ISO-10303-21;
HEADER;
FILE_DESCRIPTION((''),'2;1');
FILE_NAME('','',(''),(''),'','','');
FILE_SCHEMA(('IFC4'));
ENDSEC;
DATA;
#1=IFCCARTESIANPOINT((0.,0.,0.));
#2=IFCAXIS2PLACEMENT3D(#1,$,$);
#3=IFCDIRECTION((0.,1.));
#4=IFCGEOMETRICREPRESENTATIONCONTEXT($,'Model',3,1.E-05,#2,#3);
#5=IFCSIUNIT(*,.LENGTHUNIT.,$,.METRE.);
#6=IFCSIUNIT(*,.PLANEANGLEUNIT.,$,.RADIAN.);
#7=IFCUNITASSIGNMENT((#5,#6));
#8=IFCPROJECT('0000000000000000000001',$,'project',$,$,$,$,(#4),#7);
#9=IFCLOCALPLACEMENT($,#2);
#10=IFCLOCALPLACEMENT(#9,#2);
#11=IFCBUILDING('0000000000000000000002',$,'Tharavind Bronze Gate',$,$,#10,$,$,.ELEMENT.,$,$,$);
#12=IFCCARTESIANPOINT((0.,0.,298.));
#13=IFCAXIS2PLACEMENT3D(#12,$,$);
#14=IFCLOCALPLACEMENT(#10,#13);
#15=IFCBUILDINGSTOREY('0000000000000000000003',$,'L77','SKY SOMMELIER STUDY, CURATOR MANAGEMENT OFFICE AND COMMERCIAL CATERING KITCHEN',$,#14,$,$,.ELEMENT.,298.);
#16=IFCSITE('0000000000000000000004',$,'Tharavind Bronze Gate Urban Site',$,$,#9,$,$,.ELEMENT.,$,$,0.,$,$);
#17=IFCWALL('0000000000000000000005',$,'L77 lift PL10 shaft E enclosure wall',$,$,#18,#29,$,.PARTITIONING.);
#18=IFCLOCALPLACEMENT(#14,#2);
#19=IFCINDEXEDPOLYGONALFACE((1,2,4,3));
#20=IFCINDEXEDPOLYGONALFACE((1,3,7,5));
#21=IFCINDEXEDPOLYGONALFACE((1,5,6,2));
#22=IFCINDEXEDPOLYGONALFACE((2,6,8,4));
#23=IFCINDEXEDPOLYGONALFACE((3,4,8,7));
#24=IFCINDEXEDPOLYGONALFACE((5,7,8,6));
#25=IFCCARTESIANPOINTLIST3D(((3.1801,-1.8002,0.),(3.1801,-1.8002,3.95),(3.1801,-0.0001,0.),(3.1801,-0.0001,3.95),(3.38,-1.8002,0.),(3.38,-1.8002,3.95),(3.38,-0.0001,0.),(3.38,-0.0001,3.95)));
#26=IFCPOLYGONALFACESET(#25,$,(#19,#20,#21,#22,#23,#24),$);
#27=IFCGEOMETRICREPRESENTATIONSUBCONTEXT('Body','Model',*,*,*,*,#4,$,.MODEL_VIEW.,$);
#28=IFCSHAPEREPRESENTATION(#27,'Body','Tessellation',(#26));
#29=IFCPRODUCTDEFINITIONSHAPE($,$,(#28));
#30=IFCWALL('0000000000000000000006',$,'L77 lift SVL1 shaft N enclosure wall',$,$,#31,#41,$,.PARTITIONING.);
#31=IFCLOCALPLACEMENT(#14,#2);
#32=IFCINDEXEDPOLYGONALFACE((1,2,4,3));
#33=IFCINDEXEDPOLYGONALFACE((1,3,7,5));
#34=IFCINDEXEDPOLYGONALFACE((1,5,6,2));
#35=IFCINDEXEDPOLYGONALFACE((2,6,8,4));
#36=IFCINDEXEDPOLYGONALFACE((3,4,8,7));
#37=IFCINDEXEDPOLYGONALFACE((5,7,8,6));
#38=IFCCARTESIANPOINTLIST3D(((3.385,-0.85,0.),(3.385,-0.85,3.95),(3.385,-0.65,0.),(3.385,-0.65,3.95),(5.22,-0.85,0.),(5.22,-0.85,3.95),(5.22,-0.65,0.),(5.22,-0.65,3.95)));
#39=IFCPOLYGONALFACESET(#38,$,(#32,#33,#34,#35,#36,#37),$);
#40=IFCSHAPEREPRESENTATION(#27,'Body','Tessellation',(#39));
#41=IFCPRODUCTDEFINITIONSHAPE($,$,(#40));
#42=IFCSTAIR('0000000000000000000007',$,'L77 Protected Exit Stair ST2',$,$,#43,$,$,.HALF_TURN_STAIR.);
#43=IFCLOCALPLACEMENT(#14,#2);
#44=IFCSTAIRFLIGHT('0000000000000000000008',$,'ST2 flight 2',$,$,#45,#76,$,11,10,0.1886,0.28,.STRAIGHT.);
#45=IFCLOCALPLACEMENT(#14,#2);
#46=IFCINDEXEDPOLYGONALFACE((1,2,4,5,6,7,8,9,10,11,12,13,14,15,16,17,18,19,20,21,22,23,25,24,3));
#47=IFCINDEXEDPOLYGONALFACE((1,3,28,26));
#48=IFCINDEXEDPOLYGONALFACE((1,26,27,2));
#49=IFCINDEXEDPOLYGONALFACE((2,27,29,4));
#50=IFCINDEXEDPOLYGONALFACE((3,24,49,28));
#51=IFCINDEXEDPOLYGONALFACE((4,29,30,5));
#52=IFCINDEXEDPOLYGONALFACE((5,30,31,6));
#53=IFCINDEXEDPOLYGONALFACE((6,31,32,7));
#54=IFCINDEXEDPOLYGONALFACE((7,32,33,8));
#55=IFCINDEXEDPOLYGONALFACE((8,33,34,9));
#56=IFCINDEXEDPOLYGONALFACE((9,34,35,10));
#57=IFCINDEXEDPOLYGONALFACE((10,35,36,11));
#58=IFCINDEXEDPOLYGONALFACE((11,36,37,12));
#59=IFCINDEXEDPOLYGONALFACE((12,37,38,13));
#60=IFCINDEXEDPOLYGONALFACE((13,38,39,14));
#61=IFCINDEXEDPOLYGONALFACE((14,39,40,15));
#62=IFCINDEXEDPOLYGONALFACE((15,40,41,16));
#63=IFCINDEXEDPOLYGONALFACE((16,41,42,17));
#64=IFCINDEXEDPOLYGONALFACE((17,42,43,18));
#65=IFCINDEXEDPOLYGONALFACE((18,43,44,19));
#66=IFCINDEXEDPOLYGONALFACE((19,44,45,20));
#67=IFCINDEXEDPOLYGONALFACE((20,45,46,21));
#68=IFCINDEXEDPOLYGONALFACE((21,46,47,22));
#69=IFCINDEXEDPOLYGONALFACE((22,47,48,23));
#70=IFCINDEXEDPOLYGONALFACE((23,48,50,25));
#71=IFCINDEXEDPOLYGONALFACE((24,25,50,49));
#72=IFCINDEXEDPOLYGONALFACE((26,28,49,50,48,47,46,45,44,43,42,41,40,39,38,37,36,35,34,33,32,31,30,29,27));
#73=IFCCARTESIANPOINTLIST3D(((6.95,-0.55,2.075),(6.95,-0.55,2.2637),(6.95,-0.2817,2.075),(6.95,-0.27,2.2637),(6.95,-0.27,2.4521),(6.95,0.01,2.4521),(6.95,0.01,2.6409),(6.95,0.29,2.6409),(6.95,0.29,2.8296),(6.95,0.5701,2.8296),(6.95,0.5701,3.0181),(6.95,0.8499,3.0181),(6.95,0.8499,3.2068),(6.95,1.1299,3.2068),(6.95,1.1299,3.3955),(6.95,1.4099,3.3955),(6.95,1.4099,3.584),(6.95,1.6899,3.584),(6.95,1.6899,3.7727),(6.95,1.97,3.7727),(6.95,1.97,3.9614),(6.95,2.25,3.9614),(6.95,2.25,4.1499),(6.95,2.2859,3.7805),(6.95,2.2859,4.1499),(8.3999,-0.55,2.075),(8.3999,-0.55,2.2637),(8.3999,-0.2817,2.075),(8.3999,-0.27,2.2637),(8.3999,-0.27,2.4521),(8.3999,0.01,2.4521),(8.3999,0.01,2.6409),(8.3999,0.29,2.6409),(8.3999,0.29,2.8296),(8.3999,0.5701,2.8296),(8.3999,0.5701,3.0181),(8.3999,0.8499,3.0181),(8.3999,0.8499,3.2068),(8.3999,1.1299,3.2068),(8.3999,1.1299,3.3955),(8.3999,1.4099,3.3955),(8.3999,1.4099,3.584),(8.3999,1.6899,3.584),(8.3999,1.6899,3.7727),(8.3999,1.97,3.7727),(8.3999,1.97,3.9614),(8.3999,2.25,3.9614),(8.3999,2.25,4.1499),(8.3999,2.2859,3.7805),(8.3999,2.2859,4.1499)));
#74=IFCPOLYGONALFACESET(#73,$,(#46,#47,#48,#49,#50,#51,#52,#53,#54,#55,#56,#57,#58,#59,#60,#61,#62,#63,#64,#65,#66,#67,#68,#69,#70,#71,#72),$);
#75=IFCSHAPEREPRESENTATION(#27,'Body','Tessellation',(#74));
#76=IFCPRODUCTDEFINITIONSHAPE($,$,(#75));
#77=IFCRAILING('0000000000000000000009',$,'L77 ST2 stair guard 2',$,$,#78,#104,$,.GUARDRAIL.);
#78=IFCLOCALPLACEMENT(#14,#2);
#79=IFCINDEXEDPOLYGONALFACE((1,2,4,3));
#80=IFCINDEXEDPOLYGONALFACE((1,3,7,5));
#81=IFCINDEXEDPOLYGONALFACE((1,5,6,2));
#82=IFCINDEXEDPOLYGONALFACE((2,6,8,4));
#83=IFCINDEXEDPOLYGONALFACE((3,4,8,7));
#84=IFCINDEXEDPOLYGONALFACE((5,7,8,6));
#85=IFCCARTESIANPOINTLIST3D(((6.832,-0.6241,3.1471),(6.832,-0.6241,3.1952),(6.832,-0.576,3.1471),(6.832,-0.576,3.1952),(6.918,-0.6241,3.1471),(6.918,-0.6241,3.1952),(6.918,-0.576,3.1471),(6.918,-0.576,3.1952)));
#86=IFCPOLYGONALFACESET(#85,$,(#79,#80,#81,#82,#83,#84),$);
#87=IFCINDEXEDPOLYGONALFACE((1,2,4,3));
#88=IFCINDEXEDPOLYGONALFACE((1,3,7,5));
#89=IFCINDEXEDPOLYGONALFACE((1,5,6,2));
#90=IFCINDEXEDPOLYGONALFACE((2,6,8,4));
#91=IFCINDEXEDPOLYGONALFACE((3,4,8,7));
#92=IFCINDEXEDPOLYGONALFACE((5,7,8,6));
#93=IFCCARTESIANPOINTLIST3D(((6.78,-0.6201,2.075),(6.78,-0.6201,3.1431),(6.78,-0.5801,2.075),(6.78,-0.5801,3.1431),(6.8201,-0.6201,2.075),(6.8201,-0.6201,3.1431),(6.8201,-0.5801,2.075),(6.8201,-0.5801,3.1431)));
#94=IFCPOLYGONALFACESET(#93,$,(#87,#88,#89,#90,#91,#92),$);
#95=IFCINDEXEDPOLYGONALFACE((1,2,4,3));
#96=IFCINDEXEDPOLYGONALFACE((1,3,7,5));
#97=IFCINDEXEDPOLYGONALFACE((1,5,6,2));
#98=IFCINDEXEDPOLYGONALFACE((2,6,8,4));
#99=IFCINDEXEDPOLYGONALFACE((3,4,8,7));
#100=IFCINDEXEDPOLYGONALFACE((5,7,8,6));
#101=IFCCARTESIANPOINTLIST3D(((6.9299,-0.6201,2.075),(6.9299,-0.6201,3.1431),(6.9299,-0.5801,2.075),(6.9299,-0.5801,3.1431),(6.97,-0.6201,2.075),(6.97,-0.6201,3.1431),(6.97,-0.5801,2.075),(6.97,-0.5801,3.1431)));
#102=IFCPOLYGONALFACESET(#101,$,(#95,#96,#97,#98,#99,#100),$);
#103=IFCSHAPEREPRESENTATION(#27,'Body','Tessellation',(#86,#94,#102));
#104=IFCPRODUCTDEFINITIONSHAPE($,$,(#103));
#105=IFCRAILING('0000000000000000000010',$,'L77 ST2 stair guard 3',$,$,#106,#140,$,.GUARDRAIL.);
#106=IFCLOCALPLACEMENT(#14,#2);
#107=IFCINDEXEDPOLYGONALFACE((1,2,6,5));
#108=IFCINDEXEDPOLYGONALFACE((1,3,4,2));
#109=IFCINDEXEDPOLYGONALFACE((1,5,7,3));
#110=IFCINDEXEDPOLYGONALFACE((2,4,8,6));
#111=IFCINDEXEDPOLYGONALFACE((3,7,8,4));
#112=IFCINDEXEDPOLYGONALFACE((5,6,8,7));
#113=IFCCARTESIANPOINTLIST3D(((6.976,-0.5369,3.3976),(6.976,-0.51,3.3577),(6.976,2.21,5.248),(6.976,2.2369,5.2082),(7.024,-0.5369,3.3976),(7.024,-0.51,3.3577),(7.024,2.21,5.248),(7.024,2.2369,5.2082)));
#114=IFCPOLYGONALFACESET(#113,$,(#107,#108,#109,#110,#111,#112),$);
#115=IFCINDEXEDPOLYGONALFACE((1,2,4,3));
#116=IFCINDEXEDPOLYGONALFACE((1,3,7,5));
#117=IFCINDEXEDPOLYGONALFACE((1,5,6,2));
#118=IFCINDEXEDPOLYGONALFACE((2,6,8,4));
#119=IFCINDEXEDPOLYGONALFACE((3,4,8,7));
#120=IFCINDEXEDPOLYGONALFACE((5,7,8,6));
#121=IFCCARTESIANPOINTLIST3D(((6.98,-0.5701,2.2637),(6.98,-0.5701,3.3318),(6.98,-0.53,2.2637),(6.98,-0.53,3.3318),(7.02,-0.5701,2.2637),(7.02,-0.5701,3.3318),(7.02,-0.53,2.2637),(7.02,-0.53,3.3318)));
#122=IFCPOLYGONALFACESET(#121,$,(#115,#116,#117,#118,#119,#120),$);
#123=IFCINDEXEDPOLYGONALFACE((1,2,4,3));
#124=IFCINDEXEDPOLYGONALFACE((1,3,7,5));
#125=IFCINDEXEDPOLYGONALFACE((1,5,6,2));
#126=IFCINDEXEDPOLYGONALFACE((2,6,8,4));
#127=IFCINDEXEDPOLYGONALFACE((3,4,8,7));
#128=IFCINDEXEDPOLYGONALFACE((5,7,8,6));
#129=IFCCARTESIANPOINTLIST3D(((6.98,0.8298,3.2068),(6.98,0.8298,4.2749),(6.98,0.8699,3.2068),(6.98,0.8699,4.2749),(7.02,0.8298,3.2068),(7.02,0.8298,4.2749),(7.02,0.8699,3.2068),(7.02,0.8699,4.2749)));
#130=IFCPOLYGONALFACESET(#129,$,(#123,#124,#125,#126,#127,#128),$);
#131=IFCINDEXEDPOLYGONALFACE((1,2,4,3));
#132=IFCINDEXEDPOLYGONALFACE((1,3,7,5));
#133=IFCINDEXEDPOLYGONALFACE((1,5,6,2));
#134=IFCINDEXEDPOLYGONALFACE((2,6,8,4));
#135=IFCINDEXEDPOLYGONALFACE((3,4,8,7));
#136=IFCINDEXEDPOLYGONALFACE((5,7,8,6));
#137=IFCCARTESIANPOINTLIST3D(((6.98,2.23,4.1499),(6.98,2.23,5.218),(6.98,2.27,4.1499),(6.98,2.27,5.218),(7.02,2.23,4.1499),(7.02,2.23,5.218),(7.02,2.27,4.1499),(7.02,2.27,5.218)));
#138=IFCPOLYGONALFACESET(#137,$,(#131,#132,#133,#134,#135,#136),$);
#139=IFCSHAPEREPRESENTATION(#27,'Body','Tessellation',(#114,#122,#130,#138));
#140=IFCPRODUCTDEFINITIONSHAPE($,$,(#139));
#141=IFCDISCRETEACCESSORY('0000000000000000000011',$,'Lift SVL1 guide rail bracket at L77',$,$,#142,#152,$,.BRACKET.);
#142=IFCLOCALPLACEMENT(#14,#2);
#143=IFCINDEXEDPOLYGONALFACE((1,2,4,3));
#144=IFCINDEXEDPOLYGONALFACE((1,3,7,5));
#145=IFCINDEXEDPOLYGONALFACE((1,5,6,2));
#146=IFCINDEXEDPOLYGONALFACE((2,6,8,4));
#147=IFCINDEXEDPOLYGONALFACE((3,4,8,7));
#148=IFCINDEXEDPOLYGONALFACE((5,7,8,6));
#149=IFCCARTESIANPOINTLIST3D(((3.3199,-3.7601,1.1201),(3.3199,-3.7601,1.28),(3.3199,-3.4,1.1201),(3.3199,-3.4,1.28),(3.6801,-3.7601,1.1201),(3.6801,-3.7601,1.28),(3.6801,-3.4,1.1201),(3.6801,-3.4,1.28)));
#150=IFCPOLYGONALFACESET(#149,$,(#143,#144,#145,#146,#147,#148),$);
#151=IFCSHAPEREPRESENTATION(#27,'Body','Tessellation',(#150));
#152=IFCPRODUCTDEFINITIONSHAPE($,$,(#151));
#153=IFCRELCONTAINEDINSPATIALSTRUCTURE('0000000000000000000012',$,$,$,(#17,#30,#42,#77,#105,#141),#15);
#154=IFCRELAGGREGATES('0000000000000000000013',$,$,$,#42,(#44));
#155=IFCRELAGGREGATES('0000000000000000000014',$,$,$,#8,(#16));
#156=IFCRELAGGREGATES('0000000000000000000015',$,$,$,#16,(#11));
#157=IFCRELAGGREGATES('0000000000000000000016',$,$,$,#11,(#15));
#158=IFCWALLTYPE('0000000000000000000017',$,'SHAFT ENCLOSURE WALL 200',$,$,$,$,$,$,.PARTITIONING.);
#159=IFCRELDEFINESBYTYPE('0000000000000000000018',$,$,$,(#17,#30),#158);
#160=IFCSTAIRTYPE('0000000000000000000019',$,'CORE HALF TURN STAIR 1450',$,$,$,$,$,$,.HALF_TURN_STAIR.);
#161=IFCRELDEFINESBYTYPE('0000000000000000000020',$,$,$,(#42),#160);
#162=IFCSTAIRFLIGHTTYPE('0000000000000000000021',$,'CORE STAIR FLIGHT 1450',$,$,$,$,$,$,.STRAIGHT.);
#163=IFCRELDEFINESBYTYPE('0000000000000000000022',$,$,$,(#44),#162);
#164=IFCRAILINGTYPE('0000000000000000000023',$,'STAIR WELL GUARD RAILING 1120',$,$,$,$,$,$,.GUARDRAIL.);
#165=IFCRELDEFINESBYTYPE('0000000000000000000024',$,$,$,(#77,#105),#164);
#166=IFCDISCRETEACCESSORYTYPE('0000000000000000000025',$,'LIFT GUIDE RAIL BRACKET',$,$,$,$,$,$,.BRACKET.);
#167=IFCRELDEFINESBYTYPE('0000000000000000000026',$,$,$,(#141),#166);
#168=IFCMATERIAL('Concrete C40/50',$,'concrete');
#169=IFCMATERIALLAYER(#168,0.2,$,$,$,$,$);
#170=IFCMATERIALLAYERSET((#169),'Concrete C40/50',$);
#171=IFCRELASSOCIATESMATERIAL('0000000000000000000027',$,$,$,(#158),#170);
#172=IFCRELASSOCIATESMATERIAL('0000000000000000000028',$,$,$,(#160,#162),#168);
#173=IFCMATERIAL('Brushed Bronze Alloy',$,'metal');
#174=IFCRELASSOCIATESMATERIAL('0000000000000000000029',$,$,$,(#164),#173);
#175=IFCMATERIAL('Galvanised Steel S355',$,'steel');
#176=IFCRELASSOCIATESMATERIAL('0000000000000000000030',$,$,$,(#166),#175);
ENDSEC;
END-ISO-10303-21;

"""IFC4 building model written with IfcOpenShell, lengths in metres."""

from ifc_helpers import new_model, si_unit, direction, frame, frame_2d, origin, origin_2d, place, context, subcontext, project, spatial, polyline, rectangle, outline, extrude, material, layer, layer_set, type_object, element, aggregate, save


model = new_model("IFC4")

# Units and contexts
model_context = context("Model", 3, precision=1e-05, world=origin(), true_north=direction((0.0, 1.0)))
body_context = subcontext(model_context, "Body", "Model", "MODEL_VIEW")
ifc_project = project(units=[si_unit("LENGTHUNIT", "METRE"), si_unit("PLANEANGLEUNIT", "RADIAN")], contexts=[model_context])

# Site, building, storey
site_placement = place(None, origin())
site = spatial("IfcSite", under=ifc_project, at=site_placement, Name="Tharavind Bronze Gate Urban Site", CompositionType="ELEMENT", RefElevation=0.0)
building_placement = place(site_placement, origin())
building = spatial("IfcBuilding", under=site, at=building_placement, Name="Tharavind Bronze Gate", CompositionType="ELEMENT")
storey_placement = place(building_placement, frame((0.0, 0.0, 298.0)))
storey = spatial("IfcBuildingStorey", under=building, at=storey_placement, Name="L77", Description="SKY SOMMELIER STUDY, CURATOR MANAGEMENT OFFICE AND COMMERCIAL CATERING KITCHEN", CompositionType="ELEMENT", Elevation=298.0)

# Walls
ifc_material_1 = material(Name="Concrete C40/50", Category="concrete")
ifc_layer_1 = layer(ifc_material_1, 0.2)
ifc_layer_set_1 = layer_set([ifc_layer_1], Name="Concrete C40/50")
wall_type_1 = type_object("IfcWallType", Name="SHAFT ENCLOSURE WALL 200", PredefinedType="PARTITIONING", material=ifc_layer_set_1)
for number, where, z_axis, x_axis, name in (
    (1, (3.28, -1.8, 0.0), (0.0, 0.0, 1.0), (0.0, 1.0, 0.0), "L77 lift PL10 shaft E enclosure wall"),
):
    element("IfcWall", number, at=place(storey_placement, frame(where, z_axis=z_axis, x_axis=x_axis)), inside=storey, type_object=wall_type_1, Name=name, PredefinedType="PARTITIONING", context=body_context, shape_type="SweptSolid", body=[
        extrude(rectangle(XDim=1.8, YDim=0.2, at=frame_2d((0.8999, 0.0))), origin(), (0.0, 0.0, 1.0), 3.95),
    ])
wall_1_placement = place(storey_placement, frame((3.385, -0.75, 0.0), z_axis=(0.0, 0.0, 1.0), x_axis=(1.0, 0.0, 0.0)))
element("IfcWall", 2, at=wall_1_placement, inside=storey, type_object=wall_type_1, Name="L77 lift SVL1 shaft N enclosure wall", PredefinedType="PARTITIONING", context=body_context, shape_type="SweptSolid", body=[
    extrude(rectangle(XDim=1.835, YDim=0.2, at=frame_2d((0.9175, 0.0))), origin(), (0.0, 0.0, 1.0), 3.95),
])

# Stair, stair flight
stair_type = type_object("IfcStairType", Name="CORE HALF TURN STAIR 1450", PredefinedType="HALF_TURN_STAIR", material=ifc_material_1)
stair_placement = place(storey_placement, origin())
stair = element("IfcStair", 3, at=stair_placement, inside=storey, type_object=stair_type, Name="L77 Protected Exit Stair ST2", PredefinedType="HALF_TURN_STAIR")
stair_flight_type = type_object("IfcStairFlightType", Name="CORE STAIR FLIGHT 1450", PredefinedType="STRAIGHT", material=ifc_material_1)
stair_flight_placement = place(storey_placement, frame((7.675, -0.55, 2.075), z_axis=(0.0, 0.0, 1.0), x_axis=(0.0, 1.0, 0.0)))
stair_flight = element("IfcStairFlight", 4, at=stair_flight_placement, type_object=stair_flight_type, Name="ST2 flight 2", NumberOfRisers=11, NumberOfTreads=10, PredefinedType="STRAIGHT", RiserHeight=0.1886, TreadLength=0.28, context=body_context, shape_type="SweptSolid", body=[
    extrude(outline(polyline([(0.0, 0.0), (0.0, 0.1887), (0.28, 0.1887), (0.28, 0.3772), (0.5601, 0.3772), (0.5601, 0.5659), (0.8401, 0.5659), (0.8401, 0.7546), (1.1201, 0.7546), (1.1201, 0.9431), (1.3999, 0.9431), (1.3999, 1.1318), (1.6799, 1.1318), (1.6799, 1.3206), (1.96, 1.3206), (1.96, 1.509), (2.24, 1.509), (2.24, 1.6978), (2.52, 1.6978), (2.52, 1.8865), (2.8, 1.8865), (2.8, 2.075), (2.8359, 2.075), (2.8359, 1.7056), (0.2683, 0.0), (0.0, 0.0)])), frame((0.0, 0.7251, 0.0), z_axis=(0.0, -1.0, 0.0), x_axis=(1.0, 0.0, 0.0)), (0.0, 0.0, 1.0), 1.45),
])
aggregate(stair, [stair_flight])

# Railings
ifc_material_2 = material(Name="Brushed Bronze Alloy", Category="metal")
railing_type = type_object("IfcRailingType", Name="STAIR WELL GUARD RAILING 1120", PredefinedType="GUARDRAIL", material=ifc_material_2)
railing_1_placement = place(storey_placement, frame((6.8, -0.6001, 2.075)))
element("IfcRailing", 5, at=railing_1_placement, inside=storey, type_object=railing_type, Name="L77 ST2 stair guard 2", PredefinedType="GUARDRAIL", context=body_context, shape_type="SweptSolid", body=[
    extrude(rectangle(XDim=0.0481, YDim=0.0481, at=origin_2d()), frame((0.032, 0.0, 1.0962), z_axis=(1.0, 0.0, 0.0), x_axis=(0.0, 1.0, 0.0)), (0.0, 0.0, 1.0), 0.0859),
    extrude(rectangle(XDim=0.04, YDim=0.04, at=origin_2d()), origin(), (0.0, 0.0, 1.0), 1.0681),
    extrude(rectangle(XDim=0.04, YDim=0.04, at=origin_2d()), frame((0.1499, 0.0, 0.0)), (0.0, 0.0, 1.0), 1.0681),
])
railing_2_placement = place(storey_placement, frame((7.0, -0.55, 2.2637)))
element("IfcRailing", 6, at=railing_2_placement, inside=storey, type_object=railing_type, Name="L77 ST2 stair guard 3", PredefinedType="GUARDRAIL", context=body_context, shape_type="SweptSolid", body=[
    extrude(rectangle(XDim=0.0481, YDim=0.0481, at=origin_2d()), frame((0.0, 0.0266, 1.114), z_axis=(0.0, 0.829371, 0.558699), x_axis=(-1.0, 0.0, 0.0)), (0.0, 0.0, 1.0), 3.312),
    extrude(rectangle(XDim=0.04, YDim=0.04, at=origin_2d()), origin(), (0.0, 0.0, 1.0), 1.0681),
    extrude(rectangle(XDim=0.04, YDim=0.04, at=origin_2d()), frame((0.0, 1.3999, 0.9431)), (0.0, 0.0, 1.0), 1.0681),
    extrude(rectangle(XDim=0.04, YDim=0.04, at=origin_2d()), frame((0.0, 2.8, 1.8862)), (0.0, 0.0, 1.0), 1.0681),
])

# Discrete accessory
ifc_material_3 = material(Name="Galvanised Steel S355", Category="steel")
discrete_accessory_type = type_object("IfcDiscreteAccessoryType", Name="LIFT GUIDE RAIL BRACKET", PredefinedType="BRACKET", material=ifc_material_3)
discrete_accessory_placement = place(storey_placement, frame((3.5, -3.5801, 1.1201), z_axis=(0.0, 0.0, 1.0), x_axis=(1.0, 0.0, 0.0)))
element("IfcDiscreteAccessory", 7, at=discrete_accessory_placement, inside=storey, type_object=discrete_accessory_type, Name="Lift SVL1 guide rail bracket at L77", PredefinedType="BRACKET", context=body_context, shape_type="SweptSolid", body=[
    extrude(rectangle(XDim=0.3601, YDim=0.3601, at=origin_2d()), origin(), (0.0, 0.0, 1.0), 0.1599),
])

save(model, "model.ifc")
